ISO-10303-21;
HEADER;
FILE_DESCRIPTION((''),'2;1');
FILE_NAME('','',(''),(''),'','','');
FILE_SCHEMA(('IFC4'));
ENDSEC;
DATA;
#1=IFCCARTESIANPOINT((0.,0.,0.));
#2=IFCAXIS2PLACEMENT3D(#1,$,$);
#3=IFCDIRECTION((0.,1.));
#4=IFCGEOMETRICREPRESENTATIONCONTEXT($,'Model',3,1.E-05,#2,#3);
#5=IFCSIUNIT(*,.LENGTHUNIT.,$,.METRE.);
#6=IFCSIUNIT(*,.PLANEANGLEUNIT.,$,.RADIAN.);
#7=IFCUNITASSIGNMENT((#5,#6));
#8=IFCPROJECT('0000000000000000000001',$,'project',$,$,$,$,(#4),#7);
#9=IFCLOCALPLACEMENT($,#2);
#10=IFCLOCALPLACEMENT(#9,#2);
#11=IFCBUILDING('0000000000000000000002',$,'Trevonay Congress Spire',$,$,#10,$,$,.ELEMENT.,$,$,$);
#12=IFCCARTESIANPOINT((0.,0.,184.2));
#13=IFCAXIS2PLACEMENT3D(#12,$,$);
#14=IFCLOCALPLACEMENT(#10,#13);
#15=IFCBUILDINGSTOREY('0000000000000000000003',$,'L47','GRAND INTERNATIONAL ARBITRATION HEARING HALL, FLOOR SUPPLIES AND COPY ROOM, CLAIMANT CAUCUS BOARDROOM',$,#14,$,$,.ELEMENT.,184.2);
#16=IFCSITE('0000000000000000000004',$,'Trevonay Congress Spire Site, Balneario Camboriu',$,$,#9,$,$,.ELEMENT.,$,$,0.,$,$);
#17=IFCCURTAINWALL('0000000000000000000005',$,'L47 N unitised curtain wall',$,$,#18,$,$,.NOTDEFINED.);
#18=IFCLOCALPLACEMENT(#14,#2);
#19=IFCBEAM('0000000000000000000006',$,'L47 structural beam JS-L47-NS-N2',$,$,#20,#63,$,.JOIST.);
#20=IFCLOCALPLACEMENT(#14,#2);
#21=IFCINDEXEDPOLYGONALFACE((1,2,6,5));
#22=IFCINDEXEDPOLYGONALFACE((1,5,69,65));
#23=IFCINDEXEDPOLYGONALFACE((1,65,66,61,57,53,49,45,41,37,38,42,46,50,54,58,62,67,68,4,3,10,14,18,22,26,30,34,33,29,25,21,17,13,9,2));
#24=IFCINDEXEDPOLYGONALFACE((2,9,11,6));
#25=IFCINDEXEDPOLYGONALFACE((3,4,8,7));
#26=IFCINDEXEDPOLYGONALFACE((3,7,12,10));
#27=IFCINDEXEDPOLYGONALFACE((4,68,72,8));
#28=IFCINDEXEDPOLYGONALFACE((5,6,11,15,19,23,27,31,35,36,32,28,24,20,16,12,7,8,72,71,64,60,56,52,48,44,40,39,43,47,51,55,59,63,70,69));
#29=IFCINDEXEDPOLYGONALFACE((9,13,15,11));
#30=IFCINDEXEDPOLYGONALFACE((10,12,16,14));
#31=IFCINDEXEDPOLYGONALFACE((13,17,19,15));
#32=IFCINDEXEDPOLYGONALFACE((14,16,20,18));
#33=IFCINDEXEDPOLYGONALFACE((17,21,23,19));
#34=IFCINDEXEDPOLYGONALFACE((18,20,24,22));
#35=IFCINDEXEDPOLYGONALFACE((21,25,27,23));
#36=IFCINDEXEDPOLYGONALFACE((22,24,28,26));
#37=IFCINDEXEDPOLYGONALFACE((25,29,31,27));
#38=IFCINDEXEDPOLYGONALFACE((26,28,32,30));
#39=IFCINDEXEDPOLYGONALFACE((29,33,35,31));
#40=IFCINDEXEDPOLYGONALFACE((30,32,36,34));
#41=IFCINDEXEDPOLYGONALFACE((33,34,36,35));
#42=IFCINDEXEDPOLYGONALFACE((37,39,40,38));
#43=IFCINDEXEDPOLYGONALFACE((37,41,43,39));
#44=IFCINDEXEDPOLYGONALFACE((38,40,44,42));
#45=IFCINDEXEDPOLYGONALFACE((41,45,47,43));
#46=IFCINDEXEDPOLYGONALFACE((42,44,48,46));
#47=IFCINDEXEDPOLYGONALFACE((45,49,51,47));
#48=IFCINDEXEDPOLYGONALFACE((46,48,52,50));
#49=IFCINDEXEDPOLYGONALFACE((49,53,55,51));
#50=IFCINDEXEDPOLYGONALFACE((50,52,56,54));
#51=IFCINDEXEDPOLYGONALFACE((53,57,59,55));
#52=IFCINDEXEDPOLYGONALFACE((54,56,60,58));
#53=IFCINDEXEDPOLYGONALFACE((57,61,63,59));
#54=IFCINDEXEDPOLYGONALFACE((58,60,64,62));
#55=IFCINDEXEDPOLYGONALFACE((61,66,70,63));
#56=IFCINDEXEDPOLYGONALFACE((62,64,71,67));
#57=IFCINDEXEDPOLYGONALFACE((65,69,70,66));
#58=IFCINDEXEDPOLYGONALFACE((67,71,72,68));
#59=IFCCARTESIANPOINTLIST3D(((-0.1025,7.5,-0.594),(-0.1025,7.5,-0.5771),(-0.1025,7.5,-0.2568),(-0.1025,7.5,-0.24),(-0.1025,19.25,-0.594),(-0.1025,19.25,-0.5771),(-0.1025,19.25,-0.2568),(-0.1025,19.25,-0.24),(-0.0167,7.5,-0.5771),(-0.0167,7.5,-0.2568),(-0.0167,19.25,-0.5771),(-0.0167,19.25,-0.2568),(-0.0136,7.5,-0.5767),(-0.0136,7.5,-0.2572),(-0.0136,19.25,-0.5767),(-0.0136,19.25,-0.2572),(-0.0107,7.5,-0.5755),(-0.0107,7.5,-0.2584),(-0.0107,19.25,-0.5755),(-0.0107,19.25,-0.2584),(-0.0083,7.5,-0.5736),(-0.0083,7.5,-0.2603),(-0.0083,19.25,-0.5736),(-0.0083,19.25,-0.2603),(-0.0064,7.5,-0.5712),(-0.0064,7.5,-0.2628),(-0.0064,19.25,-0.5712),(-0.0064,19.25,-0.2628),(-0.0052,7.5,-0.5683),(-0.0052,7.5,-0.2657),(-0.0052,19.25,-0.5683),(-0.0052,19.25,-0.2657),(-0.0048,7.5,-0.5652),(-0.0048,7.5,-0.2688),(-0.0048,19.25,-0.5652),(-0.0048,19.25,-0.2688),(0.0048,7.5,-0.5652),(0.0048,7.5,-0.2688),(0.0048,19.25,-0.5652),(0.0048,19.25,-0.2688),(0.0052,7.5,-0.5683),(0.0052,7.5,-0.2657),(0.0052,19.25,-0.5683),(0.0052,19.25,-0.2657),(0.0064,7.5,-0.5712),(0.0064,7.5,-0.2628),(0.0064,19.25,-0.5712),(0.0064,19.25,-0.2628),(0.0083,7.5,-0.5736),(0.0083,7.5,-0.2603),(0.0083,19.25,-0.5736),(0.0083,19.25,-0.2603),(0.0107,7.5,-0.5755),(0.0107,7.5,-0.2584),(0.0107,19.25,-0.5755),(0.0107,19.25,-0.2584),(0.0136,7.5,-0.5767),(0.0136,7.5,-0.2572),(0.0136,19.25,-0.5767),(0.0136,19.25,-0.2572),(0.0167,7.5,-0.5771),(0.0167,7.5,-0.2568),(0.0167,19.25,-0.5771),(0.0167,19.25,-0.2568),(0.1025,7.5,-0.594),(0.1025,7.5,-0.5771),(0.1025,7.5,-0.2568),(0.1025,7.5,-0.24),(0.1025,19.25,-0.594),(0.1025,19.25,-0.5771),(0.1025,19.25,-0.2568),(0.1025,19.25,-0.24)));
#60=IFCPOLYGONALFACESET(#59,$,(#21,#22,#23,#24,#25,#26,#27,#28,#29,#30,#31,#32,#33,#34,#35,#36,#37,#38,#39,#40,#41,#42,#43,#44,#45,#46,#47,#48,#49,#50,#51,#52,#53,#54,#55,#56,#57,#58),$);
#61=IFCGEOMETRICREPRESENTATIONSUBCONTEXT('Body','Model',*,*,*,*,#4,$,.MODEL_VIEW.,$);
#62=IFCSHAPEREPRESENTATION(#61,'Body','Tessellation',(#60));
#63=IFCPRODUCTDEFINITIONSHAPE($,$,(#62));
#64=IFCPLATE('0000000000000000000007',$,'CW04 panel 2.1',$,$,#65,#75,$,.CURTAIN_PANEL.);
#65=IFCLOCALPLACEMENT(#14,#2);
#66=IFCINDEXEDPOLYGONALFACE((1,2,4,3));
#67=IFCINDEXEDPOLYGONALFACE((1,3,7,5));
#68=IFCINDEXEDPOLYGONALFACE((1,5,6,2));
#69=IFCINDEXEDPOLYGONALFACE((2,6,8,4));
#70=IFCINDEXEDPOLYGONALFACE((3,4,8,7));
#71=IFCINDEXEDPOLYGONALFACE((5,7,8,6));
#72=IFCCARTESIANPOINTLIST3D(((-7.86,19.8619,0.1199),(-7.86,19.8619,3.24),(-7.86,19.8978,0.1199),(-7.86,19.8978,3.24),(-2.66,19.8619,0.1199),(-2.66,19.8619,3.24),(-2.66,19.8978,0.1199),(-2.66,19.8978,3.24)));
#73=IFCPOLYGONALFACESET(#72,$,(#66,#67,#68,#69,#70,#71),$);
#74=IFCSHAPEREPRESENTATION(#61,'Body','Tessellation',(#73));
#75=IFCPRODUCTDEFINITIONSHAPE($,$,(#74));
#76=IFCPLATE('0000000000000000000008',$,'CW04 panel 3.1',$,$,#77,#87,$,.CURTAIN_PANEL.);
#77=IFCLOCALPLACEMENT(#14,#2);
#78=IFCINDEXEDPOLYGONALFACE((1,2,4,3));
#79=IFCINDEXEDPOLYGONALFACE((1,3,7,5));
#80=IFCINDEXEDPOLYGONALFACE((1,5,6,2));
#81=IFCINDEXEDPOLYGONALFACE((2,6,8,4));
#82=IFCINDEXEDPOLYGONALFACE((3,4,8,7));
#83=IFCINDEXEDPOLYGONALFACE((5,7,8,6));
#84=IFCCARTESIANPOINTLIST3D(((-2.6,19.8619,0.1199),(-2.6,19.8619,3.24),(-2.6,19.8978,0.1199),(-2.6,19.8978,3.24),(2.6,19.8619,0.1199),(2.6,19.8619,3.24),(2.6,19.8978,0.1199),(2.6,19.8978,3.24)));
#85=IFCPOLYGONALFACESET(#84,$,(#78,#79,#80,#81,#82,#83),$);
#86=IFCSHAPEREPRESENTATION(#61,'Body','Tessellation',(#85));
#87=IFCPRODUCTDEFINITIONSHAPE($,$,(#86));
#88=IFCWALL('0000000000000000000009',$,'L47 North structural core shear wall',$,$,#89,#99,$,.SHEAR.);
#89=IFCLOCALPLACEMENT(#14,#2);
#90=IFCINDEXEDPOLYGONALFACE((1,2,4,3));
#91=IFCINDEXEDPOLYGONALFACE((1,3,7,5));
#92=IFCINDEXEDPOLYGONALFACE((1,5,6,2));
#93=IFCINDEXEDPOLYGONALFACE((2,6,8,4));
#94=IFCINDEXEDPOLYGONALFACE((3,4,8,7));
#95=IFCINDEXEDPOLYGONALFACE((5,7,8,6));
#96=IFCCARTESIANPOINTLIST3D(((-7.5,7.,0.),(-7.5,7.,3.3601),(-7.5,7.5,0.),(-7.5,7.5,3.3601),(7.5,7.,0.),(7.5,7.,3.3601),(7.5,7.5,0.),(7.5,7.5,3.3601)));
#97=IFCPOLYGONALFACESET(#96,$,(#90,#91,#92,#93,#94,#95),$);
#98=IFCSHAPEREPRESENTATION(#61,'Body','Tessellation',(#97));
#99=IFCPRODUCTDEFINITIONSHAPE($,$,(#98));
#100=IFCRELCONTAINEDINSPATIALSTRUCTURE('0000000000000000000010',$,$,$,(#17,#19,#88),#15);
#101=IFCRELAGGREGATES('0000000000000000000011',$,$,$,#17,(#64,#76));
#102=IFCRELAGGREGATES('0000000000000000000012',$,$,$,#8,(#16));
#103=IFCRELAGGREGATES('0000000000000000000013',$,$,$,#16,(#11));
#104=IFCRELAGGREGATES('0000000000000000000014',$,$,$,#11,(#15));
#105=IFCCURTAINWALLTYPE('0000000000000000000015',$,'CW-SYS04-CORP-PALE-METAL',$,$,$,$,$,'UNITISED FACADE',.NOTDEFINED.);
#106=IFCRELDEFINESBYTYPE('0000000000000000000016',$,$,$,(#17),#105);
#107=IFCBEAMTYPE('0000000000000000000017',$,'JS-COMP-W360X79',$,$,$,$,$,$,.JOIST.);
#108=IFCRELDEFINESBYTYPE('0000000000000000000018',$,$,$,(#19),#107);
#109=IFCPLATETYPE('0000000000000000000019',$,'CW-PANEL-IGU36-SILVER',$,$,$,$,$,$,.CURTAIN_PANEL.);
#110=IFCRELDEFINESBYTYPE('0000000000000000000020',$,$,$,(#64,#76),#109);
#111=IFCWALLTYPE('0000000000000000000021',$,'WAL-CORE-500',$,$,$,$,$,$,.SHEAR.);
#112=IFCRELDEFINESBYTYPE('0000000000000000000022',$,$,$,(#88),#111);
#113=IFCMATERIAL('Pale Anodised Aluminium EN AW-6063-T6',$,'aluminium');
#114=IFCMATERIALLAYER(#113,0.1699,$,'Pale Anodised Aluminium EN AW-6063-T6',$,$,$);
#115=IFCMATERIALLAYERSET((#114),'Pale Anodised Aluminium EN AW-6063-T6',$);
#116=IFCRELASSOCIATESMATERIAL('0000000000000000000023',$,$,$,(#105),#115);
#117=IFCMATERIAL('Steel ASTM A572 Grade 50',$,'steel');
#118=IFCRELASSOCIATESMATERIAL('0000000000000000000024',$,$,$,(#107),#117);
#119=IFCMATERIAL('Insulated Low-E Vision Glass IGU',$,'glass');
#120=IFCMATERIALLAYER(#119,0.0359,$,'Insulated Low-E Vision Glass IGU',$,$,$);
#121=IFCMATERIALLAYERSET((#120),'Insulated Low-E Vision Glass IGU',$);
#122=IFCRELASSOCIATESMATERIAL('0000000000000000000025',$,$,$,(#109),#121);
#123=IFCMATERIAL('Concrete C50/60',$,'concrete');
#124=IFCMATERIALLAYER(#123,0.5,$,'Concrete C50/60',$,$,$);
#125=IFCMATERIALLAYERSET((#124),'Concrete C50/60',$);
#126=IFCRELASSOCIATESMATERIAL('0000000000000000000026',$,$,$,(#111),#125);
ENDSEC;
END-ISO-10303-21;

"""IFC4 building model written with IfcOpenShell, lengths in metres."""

from ifc_helpers import new_model, si_unit, direction, frame, frame_2d, origin, origin_2d, place, context, subcontext, project, spatial, rectangle, i_section, extrude, material, layer, layer_set, material_profile, profile_set, type_object, element, aggregate, save


model = new_model("IFC4")

# Units and contexts
model_context = context("Model", 3, precision=1e-05, world=origin(), true_north=direction((0.0, 1.0)))
body_context = subcontext(model_context, "Body", "Model", "MODEL_VIEW")
ifc_project = project(units=[si_unit("LENGTHUNIT", "METRE"), si_unit("PLANEANGLEUNIT", "RADIAN")], contexts=[model_context])

# Site, building, storey
site_placement = place(None, origin())
site = spatial("IfcSite", under=ifc_project, at=site_placement, Name="Trevonay Congress Spire Site, Balneario Camboriu", CompositionType="ELEMENT", RefElevation=0.0)
building_placement = place(site_placement, origin())
building = spatial("IfcBuilding", under=site, at=building_placement, Name="Trevonay Congress Spire", CompositionType="ELEMENT")
storey_placement = place(building_placement, frame((0.0, 0.0, 184.2)))
storey = spatial("IfcBuildingStorey", under=building, at=storey_placement, Name="L47", Description="GRAND INTERNATIONAL ARBITRATION HEARING HALL, FLOOR SUPPLIES AND COPY ROOM, CLAIMANT CAUCUS BOARDROOM", CompositionType="ELEMENT", Elevation=184.2)

# Shared definitions
ifc_material_1 = material(Name="Steel ASTM A572 Grade 50", Category="steel")

# Curtain wall
ifc_material_2 = material(Name="Pale Anodised Aluminium EN AW-6063-T6", Category="aluminium")
ifc_layer_1 = layer(ifc_material_2, 0.1699, Name="Pale Anodised Aluminium EN AW-6063-T6")
ifc_layer_set_1 = layer_set([ifc_layer_1], Name="Pale Anodised Aluminium EN AW-6063-T6")
curtain_wall_type = type_object("IfcCurtainWallType", Name="CW-SYS04-CORP-PALE-METAL", ElementType="UNITISED FACADE", PredefinedType="NOTDEFINED", material=ifc_layer_set_1)
curtain_wall_placement = place(storey_placement, origin())
curtain_wall = element("IfcCurtainWall", 1, at=curtain_wall_placement, inside=storey, type_object=curtain_wall_type, Name="L47 N unitised curtain wall", PredefinedType="NOTDEFINED")

# Beam
ifc_material_profile_1 = material_profile(ifc_material_1, i_section(OverallWidth=0.2051, OverallDepth=0.354, WebThickness=0.0095, FlangeThickness=0.0168, FilletRadius=0.012, at=origin_2d()), Name="W360x79")
ifc_profile_set_1 = profile_set([ifc_material_profile_1], Name="Steel ASTM A572 Grade 50")
beam_type_1 = type_object("IfcBeamType", Name="JS-COMP-W360X79", PredefinedType="JOIST", material=ifc_profile_set_1)
for number, where, z_axis, x_axis, name in (
    (2, (0.0, 7.5, -0.417), (0.0, 1.0, 0.0), (-1.0, 0.0, 0.0), "L47 structural beam JS-L47-NS-N2"),
):
    element("IfcBeam", number, at=place(storey_placement, frame(where, z_axis=z_axis, x_axis=x_axis)), inside=storey, type_object=beam_type_1, Name=name, PredefinedType="JOIST", context=body_context, shape_type="SweptSolid", body=[
        extrude(i_section(OverallWidth=0.2051, OverallDepth=0.354, WebThickness=0.0095, FlangeThickness=0.0168, FilletRadius=0.012, at=origin_2d()), origin(), (0.0, 0.0, 1.0), 11.75),
    ])

# Plates
ifc_material_3 = material(Name="Insulated Low-E Vision Glass IGU", Category="glass")
ifc_layer_2 = layer(ifc_material_3, 0.0359, Name="Insulated Low-E Vision Glass IGU")
ifc_layer_set_2 = layer_set([ifc_layer_2], Name="Insulated Low-E Vision Glass IGU")
plate_type = type_object("IfcPlateType", Name="CW-PANEL-IGU36-SILVER", PredefinedType="CURTAIN_PANEL", material=ifc_layer_set_2)
plate_1_placement = place(storey_placement, frame((-5.26, 19.8799, 0.1199), z_axis=(0.0, 0.0, 1.0), x_axis=(1.0, 0.0, 0.0)))
plate_1 = element("IfcPlate", 3, at=plate_1_placement, type_object=plate_type, Name="CW04 panel 2.1", PredefinedType="CURTAIN_PANEL", context=body_context, shape_type="SweptSolid", body=[
    extrude(rectangle(XDim=5.2, YDim=0.0359, at=origin_2d()), origin(), (0.0, 0.0, 1.0), 3.1201),
])
plate_2_placement = place(storey_placement, frame((0.0, 19.8799, 0.1199), z_axis=(0.0, 0.0, 1.0), x_axis=(1.0, 0.0, 0.0)))
plate_2 = element("IfcPlate", 4, at=plate_2_placement, type_object=plate_type, Name="CW04 panel 3.1", PredefinedType="CURTAIN_PANEL", context=body_context, shape_type="SweptSolid", body=[
    extrude(rectangle(XDim=5.2, YDim=0.0359, at=origin_2d()), origin(), (0.0, 0.0, 1.0), 3.1201),
])
aggregate(curtain_wall, [plate_1, plate_2])

# Wall
ifc_material_4 = material(Name="Concrete C50/60", Category="concrete")
ifc_layer_3 = layer(ifc_material_4, 0.5, Name="Concrete C50/60")
ifc_layer_set_3 = layer_set([ifc_layer_3], Name="Concrete C50/60")
wall_type_1 = type_object("IfcWallType", Name="WAL-CORE-500", PredefinedType="SHEAR", material=ifc_layer_set_3)
wall_1_placement = place(storey_placement, frame((-7.5, 7.25, 0.0), z_axis=(0.0, 0.0, 1.0), x_axis=(1.0, 0.0, 0.0)))
element("IfcWall", 5, at=wall_1_placement, inside=storey, type_object=wall_type_1, Name="L47 North structural core shear wall", PredefinedType="SHEAR", context=body_context, shape_type="SweptSolid", body=[
    extrude(rectangle(XDim=15.0, YDim=0.5, at=frame_2d((7.5, 0.0))), origin(), (0.0, 0.0, 1.0), 3.3601),
])

save(model, "model.ifc")
